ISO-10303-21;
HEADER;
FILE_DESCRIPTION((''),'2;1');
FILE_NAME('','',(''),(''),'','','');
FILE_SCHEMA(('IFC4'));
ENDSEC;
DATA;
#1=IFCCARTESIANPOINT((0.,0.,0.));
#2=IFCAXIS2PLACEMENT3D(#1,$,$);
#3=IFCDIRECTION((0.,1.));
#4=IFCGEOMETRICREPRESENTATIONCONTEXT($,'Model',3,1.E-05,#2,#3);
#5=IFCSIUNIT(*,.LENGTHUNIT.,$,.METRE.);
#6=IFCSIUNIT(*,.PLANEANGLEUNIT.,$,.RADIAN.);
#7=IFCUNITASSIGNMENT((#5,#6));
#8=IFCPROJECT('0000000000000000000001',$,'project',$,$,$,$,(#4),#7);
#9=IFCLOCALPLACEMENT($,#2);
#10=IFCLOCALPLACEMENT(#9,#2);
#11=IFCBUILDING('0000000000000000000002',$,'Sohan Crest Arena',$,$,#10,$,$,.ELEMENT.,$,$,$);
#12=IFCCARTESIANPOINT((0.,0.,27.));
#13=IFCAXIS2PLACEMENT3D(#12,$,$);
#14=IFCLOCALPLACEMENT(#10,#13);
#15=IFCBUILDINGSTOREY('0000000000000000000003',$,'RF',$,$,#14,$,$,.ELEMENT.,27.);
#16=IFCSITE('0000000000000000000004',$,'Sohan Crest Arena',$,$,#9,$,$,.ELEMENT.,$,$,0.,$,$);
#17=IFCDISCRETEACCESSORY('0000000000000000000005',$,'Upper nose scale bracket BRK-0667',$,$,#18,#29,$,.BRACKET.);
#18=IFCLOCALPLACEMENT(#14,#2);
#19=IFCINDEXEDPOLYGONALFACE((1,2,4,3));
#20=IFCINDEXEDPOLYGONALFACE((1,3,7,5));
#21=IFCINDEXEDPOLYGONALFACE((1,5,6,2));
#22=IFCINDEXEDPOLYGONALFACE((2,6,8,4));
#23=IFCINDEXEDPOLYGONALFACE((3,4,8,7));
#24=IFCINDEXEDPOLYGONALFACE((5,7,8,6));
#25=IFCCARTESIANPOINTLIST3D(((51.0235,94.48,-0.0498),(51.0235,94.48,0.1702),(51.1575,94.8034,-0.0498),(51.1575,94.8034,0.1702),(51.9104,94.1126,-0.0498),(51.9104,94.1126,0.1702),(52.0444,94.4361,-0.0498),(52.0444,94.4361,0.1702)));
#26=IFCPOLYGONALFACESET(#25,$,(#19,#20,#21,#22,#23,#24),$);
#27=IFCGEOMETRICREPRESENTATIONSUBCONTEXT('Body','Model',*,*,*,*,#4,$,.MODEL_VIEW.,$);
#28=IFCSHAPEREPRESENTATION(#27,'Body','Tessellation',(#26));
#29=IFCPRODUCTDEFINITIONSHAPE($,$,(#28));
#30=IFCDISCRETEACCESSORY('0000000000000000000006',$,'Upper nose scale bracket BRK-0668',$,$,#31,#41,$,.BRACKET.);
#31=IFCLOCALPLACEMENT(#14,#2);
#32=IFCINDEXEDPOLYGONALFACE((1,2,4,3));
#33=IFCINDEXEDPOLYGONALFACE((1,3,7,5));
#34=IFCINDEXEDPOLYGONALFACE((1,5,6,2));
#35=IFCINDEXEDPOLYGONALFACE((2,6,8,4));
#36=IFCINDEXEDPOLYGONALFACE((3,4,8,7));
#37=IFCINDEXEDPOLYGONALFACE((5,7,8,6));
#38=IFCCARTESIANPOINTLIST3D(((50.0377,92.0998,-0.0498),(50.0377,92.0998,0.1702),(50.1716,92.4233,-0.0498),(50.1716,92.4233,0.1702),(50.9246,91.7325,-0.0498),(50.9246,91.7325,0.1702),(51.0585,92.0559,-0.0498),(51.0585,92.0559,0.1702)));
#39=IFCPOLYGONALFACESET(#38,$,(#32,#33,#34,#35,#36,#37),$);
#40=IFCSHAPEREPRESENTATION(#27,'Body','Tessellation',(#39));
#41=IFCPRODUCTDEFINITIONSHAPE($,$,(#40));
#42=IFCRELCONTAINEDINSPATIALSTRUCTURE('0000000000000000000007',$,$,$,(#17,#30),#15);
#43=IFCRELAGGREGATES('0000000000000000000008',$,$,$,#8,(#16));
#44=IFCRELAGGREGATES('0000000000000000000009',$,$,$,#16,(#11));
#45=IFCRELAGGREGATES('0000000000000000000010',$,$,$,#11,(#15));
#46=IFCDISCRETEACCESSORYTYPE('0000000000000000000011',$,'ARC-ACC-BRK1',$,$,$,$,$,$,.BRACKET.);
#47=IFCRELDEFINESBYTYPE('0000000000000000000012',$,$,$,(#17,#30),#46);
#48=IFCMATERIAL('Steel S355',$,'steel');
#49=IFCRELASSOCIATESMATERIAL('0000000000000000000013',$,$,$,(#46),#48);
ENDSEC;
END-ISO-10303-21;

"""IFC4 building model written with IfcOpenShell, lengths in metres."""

from ifc_helpers import new_model, si_unit, direction, frame, origin, origin_2d, place, context, subcontext, project, spatial, rectangle, extrude, material, type_object, element, save


model = new_model("IFC4")

# Units and contexts
model_context = context("Model", 3, precision=1e-05, world=origin(), true_north=direction((0.0, 1.0)))
body_context = subcontext(model_context, "Body", "Model", "MODEL_VIEW")
ifc_project = project(units=[si_unit("LENGTHUNIT", "METRE"), si_unit("PLANEANGLEUNIT", "RADIAN")], contexts=[model_context])

# Site, building, storey
site_placement = place(None, origin())
site = spatial("IfcSite", under=ifc_project, at=site_placement, Name="Sohan Crest Arena", CompositionType="ELEMENT", RefElevation=0.0)
building_placement = place(site_placement, origin())
building = spatial("IfcBuilding", under=site, at=building_placement, Name="Sohan Crest Arena", CompositionType="ELEMENT")
storey_placement = place(building_placement, frame((0.0, 0.0, 27.0)))
storey = spatial("IfcBuildingStorey", under=building, at=storey_placement, Name="RF", CompositionType="ELEMENT", Elevation=27.0)

# Shared definitions
ifc_material_1 = material(Name="Steel S355", Category="steel")

# Discrete accessories
discrete_accessory_type = type_object("IfcDiscreteAccessoryType", Name="ARC-ACC-BRK1", PredefinedType="BRACKET", material=ifc_material_1)
for number, where, z_axis, x_axis, name in (
    (1, (51.5339, 94.458, -0.0498), (0.0, 0.0, 1.0), (-0.382683, -0.92388, 0.0), "Upper nose scale bracket BRK-0667"),
    (2, (50.5481, 92.0779, -0.0498), (0.0, 0.0, 1.0), (-0.382683, -0.92388, 0.0), "Upper nose scale bracket BRK-0668"),
):
    element("IfcDiscreteAccessory", number, at=place(storey_placement, frame(where, z_axis=z_axis, x_axis=x_axis)), inside=storey, type_object=discrete_accessory_type, Name=name, PredefinedType="BRACKET", context=body_context, shape_type="SweptSolid", body=[
        extrude(rectangle(XDim=0.3501, YDim=0.96, at=origin_2d()), origin(), (0.0, 0.0, 1.0), 0.22),
    ])

save(model, "model.ifc")
